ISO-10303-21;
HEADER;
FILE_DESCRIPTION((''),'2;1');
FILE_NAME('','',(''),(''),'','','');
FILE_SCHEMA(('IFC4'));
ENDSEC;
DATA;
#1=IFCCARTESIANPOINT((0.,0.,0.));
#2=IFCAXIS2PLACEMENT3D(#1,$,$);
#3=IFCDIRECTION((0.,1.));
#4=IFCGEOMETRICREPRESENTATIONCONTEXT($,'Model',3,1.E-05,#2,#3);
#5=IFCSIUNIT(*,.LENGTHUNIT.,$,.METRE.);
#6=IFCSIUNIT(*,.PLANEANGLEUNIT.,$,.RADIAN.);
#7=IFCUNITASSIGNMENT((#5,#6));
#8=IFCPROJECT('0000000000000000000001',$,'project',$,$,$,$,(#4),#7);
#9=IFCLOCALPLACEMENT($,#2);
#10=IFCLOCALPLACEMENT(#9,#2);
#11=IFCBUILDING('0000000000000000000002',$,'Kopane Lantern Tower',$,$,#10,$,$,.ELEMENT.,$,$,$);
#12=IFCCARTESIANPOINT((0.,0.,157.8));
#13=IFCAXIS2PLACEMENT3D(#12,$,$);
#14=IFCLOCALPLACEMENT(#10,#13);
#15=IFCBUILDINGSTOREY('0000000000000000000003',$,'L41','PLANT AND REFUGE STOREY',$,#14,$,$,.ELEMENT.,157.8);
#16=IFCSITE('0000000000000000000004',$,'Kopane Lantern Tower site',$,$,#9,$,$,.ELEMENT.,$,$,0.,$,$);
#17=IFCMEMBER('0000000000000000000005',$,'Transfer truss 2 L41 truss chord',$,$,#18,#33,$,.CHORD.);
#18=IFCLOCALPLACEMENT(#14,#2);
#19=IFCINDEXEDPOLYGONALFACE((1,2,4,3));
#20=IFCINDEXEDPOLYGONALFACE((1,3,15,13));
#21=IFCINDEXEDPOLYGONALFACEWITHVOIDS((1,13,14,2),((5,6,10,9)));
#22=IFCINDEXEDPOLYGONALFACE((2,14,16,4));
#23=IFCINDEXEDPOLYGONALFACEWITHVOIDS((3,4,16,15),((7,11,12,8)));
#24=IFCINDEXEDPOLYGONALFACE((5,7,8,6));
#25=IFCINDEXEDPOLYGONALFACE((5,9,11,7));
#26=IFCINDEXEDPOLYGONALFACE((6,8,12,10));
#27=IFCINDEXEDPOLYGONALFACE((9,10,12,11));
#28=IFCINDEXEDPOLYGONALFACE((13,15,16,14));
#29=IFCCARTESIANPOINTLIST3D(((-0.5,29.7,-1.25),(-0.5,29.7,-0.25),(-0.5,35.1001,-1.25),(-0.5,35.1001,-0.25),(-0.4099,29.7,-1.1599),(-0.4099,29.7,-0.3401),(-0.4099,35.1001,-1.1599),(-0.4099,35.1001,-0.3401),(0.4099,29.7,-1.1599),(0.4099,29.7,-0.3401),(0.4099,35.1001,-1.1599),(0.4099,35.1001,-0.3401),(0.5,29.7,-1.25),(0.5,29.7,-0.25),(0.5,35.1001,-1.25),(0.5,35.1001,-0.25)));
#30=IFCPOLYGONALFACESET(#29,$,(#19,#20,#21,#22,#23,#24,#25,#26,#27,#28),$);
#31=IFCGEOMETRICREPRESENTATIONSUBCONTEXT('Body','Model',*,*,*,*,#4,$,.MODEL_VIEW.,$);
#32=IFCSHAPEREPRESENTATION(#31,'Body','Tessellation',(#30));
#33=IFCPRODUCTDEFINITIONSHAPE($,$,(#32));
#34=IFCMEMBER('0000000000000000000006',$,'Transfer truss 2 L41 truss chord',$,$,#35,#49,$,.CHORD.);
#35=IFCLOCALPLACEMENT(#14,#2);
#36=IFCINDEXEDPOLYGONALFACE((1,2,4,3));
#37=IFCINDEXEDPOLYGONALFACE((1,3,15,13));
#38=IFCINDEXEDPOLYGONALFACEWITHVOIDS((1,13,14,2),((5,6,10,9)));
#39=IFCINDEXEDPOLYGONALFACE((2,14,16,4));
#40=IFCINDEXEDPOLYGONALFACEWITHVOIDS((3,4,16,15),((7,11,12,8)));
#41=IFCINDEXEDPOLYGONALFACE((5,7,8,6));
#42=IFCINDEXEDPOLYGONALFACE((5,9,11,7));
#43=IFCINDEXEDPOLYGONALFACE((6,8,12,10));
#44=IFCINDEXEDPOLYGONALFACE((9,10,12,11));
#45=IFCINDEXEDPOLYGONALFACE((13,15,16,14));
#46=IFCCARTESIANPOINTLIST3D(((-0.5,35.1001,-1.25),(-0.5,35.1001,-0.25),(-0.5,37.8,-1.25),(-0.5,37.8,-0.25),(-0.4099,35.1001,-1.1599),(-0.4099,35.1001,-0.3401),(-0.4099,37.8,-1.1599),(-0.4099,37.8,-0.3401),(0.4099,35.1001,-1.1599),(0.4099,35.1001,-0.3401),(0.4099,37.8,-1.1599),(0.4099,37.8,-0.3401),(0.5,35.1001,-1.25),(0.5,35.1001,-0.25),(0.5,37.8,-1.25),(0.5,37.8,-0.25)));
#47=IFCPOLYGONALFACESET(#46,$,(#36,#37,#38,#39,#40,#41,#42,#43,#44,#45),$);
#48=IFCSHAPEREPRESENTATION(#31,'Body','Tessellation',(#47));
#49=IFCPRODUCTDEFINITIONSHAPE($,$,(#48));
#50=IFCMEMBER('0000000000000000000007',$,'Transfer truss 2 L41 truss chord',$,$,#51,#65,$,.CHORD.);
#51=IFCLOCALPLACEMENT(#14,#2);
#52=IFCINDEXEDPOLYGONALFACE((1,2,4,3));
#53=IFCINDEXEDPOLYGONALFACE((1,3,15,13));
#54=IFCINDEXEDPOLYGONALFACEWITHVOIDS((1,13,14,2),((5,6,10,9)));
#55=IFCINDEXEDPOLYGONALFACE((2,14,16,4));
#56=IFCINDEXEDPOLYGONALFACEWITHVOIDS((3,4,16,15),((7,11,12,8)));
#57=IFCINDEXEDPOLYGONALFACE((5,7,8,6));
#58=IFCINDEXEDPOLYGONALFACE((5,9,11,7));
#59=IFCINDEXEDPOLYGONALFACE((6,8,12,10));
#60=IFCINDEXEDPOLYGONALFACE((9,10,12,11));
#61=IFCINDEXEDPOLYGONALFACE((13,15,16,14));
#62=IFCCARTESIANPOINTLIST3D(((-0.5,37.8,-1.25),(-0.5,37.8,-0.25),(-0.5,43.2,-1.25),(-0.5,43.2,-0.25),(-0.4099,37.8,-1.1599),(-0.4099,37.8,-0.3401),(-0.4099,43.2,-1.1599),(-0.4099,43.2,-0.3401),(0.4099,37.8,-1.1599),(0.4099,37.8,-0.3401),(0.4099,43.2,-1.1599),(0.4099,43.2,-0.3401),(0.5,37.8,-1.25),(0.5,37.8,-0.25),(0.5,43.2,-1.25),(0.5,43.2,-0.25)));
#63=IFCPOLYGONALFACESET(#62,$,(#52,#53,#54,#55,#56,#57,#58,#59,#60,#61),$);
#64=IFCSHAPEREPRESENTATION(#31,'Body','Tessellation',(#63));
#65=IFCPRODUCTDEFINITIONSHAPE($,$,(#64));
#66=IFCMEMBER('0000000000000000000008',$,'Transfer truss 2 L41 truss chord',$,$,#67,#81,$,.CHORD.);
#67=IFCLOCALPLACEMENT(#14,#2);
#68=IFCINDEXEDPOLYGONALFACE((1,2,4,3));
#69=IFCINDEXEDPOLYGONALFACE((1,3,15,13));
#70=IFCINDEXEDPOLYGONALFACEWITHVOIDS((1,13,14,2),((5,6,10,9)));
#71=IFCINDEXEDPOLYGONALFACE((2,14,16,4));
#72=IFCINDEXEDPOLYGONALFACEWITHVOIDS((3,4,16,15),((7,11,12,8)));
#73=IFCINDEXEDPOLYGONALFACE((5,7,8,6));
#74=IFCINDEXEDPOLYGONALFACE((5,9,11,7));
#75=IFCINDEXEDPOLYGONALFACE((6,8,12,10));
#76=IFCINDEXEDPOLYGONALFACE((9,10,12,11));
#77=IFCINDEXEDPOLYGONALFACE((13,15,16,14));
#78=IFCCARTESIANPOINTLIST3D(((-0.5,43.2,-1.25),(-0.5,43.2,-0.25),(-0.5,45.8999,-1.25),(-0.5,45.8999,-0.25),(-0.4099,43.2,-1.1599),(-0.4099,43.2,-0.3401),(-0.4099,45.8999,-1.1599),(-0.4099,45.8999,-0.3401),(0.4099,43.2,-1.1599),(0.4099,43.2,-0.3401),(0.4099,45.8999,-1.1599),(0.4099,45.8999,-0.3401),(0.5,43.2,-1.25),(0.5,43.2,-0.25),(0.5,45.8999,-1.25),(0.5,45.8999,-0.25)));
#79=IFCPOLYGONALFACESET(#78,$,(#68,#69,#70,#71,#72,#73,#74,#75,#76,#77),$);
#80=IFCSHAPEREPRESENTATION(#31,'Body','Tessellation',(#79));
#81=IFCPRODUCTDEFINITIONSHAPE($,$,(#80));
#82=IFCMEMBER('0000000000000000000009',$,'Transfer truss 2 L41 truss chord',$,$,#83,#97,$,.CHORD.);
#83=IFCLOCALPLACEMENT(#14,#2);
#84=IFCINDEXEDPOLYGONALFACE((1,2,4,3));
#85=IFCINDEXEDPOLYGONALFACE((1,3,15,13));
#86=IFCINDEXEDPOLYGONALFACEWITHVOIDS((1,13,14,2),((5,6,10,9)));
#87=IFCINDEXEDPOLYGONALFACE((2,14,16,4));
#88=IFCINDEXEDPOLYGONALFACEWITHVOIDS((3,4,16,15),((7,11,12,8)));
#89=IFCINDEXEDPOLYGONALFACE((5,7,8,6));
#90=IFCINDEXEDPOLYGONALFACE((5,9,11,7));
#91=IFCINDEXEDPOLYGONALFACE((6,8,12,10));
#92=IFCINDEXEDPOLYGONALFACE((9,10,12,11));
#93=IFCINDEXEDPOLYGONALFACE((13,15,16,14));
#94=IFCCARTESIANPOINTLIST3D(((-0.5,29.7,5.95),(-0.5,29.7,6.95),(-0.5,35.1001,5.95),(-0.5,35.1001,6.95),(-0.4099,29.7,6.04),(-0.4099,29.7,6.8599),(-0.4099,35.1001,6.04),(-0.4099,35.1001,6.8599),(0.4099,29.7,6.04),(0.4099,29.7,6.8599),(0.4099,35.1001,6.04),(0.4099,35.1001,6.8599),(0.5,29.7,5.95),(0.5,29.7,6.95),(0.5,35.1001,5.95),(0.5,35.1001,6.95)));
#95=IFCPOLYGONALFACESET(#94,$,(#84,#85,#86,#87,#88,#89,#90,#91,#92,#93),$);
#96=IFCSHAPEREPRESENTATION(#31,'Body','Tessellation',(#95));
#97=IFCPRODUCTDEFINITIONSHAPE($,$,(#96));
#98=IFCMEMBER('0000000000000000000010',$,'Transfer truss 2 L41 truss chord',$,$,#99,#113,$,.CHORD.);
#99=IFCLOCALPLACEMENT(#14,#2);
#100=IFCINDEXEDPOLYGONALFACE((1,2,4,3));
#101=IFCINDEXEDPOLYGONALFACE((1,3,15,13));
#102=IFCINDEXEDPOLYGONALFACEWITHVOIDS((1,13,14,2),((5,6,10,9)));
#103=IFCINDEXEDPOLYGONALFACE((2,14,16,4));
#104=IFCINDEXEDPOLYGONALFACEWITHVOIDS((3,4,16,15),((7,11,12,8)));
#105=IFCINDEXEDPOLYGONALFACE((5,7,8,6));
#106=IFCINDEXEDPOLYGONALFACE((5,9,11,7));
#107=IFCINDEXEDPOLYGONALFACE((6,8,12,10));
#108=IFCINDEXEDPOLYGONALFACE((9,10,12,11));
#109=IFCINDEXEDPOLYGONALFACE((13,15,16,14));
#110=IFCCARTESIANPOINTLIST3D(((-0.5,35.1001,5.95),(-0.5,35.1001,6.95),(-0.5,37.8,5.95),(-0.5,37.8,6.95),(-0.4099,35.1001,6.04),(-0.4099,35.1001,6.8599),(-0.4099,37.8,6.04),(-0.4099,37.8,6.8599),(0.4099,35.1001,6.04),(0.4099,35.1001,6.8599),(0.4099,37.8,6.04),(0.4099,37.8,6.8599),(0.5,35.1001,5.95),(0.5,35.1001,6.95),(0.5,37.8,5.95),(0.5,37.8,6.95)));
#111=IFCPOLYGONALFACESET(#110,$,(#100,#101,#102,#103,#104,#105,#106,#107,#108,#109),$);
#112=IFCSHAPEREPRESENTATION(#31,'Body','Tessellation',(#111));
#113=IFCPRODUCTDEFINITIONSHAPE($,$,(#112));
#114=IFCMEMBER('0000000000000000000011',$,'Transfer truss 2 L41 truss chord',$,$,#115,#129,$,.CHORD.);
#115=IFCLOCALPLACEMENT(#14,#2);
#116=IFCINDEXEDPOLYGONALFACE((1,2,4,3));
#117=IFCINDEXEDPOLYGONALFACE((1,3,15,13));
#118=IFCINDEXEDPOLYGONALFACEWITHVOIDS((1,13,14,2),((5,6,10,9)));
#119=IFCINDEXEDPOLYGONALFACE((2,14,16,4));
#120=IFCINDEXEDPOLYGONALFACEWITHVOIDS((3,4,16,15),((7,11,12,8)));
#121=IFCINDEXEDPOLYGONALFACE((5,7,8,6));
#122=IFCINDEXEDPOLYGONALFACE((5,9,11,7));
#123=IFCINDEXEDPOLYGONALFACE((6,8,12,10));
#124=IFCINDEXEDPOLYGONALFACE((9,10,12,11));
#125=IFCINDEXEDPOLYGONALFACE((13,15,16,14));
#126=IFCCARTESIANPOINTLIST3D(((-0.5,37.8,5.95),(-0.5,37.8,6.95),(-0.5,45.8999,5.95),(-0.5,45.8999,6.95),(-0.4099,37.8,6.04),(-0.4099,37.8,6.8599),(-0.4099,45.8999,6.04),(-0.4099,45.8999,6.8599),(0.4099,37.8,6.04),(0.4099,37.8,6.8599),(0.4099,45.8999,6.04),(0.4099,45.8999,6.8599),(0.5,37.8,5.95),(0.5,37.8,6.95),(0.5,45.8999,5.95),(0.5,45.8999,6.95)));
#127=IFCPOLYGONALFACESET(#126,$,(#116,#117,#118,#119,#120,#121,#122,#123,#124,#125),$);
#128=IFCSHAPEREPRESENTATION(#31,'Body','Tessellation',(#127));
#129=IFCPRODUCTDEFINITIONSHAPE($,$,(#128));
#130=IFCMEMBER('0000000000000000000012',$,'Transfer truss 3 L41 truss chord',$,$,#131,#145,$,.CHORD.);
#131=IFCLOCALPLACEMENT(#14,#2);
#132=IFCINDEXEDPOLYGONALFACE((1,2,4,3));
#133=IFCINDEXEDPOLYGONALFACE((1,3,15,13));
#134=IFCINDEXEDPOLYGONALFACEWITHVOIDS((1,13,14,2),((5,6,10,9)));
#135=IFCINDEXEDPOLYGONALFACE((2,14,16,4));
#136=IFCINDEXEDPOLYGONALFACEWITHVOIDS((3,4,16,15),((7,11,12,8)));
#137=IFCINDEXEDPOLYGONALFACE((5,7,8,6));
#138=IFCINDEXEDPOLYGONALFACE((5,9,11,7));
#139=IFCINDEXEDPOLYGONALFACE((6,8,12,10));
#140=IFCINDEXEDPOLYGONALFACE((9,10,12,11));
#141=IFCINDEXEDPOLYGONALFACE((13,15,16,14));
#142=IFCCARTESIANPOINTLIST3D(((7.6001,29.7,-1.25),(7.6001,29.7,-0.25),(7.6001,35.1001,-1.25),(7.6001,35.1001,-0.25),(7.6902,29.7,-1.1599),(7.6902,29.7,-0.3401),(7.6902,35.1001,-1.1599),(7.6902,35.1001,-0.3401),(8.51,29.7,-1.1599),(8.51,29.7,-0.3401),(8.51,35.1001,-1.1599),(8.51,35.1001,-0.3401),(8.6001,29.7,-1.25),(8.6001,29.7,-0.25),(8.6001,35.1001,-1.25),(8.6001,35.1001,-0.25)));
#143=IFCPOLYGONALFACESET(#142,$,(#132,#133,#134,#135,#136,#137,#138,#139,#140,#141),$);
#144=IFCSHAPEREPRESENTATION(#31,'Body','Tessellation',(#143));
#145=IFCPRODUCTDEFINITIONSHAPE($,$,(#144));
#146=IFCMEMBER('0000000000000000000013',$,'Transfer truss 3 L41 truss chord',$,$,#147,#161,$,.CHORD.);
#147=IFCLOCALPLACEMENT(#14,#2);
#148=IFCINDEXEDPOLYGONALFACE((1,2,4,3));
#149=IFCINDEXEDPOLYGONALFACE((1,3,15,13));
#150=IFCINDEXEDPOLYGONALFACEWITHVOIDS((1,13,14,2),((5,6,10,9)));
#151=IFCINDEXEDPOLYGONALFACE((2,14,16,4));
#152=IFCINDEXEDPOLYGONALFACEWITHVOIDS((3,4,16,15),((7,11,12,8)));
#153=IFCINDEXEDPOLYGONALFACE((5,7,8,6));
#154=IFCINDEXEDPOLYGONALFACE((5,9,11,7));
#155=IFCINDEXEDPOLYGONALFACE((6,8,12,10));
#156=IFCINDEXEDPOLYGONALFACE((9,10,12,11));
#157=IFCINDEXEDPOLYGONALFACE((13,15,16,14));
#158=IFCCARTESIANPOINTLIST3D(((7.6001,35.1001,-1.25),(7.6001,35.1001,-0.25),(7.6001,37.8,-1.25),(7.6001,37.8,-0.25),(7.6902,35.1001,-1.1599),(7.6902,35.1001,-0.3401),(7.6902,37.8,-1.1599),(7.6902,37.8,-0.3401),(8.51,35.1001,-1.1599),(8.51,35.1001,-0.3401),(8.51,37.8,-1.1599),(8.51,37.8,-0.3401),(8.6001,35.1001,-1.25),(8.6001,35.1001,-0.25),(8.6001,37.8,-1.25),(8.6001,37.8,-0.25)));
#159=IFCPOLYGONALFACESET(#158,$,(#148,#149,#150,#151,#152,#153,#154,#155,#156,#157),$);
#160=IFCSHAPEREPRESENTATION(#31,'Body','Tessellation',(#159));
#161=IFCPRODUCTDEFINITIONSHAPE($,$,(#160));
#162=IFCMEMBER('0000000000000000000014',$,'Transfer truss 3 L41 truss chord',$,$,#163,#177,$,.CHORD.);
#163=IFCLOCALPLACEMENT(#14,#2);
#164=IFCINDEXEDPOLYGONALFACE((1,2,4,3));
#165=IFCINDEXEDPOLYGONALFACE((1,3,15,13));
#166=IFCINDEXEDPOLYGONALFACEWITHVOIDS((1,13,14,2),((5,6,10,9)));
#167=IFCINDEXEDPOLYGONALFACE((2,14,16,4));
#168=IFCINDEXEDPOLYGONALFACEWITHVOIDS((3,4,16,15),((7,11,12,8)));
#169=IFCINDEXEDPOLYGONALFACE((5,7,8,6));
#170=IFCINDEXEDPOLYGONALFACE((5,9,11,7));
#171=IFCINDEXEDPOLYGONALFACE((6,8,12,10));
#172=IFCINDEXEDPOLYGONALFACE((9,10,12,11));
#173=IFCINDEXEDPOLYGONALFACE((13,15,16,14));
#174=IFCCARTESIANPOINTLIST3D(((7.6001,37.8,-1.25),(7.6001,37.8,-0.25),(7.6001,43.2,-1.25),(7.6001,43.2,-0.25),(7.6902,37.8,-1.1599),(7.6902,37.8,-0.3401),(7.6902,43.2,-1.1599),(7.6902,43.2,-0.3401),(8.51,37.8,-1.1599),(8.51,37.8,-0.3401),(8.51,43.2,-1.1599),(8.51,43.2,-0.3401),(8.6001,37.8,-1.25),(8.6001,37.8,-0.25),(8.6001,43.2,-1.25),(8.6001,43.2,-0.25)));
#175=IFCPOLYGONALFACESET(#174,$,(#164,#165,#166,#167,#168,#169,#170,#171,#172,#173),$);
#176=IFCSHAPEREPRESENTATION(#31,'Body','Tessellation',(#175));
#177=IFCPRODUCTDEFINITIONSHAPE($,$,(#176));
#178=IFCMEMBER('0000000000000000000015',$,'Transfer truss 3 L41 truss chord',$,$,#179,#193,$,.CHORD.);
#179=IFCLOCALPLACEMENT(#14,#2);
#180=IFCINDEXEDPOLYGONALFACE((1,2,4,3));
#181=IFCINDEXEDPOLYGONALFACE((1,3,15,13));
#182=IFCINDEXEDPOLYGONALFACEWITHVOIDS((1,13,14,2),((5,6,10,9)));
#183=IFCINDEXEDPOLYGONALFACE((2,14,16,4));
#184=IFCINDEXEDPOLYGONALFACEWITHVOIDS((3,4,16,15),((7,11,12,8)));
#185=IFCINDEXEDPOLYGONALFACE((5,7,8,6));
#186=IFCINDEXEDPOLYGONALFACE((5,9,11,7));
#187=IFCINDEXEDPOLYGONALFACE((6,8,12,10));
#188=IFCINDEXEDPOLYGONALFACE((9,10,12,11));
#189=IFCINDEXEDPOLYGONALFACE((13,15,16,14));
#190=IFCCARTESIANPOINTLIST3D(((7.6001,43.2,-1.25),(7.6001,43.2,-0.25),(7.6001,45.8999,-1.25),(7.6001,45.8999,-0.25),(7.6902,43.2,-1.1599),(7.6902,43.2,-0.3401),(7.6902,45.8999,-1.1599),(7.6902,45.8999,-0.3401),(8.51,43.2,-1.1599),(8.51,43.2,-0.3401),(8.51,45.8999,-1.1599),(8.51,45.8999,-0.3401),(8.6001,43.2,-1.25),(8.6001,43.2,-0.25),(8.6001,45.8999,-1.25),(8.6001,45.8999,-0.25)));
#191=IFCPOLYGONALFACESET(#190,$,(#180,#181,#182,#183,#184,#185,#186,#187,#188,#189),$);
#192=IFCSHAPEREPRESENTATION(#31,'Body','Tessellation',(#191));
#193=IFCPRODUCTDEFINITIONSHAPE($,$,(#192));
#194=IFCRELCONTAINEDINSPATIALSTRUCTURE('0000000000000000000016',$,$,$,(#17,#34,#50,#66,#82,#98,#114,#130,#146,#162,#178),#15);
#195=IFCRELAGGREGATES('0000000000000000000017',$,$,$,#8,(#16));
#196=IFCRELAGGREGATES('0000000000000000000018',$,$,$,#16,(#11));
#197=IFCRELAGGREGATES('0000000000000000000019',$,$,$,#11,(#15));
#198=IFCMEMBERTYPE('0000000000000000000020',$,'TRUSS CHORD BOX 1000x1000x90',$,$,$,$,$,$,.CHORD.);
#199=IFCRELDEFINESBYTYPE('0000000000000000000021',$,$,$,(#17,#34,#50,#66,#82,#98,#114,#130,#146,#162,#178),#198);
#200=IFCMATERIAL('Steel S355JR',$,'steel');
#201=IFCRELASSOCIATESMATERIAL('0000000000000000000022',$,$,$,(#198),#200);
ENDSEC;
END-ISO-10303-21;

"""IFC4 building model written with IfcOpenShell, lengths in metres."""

from ifc_helpers import new_model, si_unit, direction, frame, origin, origin_2d, place, context, subcontext, project, spatial, hollow_rectangle, extrude, material, material_profile, profile_set, type_object, element, save


model = new_model("IFC4")

# Units and contexts
model_context = context("Model", 3, precision=1e-05, world=origin(), true_north=direction((0.0, 1.0)))
body_context = subcontext(model_context, "Body", "Model", "MODEL_VIEW")
ifc_project = project(units=[si_unit("LENGTHUNIT", "METRE"), si_unit("PLANEANGLEUNIT", "RADIAN")], contexts=[model_context])

# Site, building, storey
site_placement = place(None, origin())
site = spatial("IfcSite", under=ifc_project, at=site_placement, Name="Kopane Lantern Tower site", CompositionType="ELEMENT", RefElevation=0.0)
building_placement = place(site_placement, origin())
building = spatial("IfcBuilding", under=site, at=building_placement, Name="Kopane Lantern Tower", CompositionType="ELEMENT")
storey_placement = place(building_placement, frame((0.0, 0.0, 157.8)))
storey = spatial("IfcBuildingStorey", under=building, at=storey_placement, Name="L41", Description="PLANT AND REFUGE STOREY", CompositionType="ELEMENT", Elevation=157.8)

# Members
ifc_material_1 = material(Name="Steel S355JR", Category="steel")
ifc_material_profile_1 = material_profile(ifc_material_1, hollow_rectangle(XDim=1.0, YDim=1.0, WallThickness=0.0901, at=origin_2d()), Name="BOX 1000x1000x90")
ifc_profile_set_1 = profile_set([ifc_material_profile_1], Name="Steel S355JR")
member_type_1 = type_object("IfcMemberType", Name="TRUSS CHORD BOX 1000x1000x90", PredefinedType="CHORD", material=ifc_profile_set_1)
member_1_placement = place(storey_placement, frame((0.0, 29.7, -0.75), z_axis=(0.0, 1.0, 0.0), x_axis=(-1.0, 0.0, 0.0)))
element("IfcMember", 1, at=member_1_placement, inside=storey, type_object=member_type_1, Name="Transfer truss 2 L41 truss chord", PredefinedType="CHORD", context=body_context, shape_type="SweptSolid", body=[
    extrude(hollow_rectangle(XDim=1.0, YDim=1.0, WallThickness=0.0901, at=origin_2d()), origin(), (0.0, 0.0, 1.0), 5.4001),
])
member_2_placement = place(storey_placement, frame((0.0, 35.1001, -0.75), z_axis=(0.0, 1.0, 0.0), x_axis=(-1.0, 0.0, 0.0)))
element("IfcMember", 2, at=member_2_placement, inside=storey, type_object=member_type_1, Name="Transfer truss 2 L41 truss chord", PredefinedType="CHORD", context=body_context, shape_type="SweptSolid", body=[
    extrude(hollow_rectangle(XDim=1.0, YDim=1.0, WallThickness=0.0901, at=origin_2d()), origin(), (0.0, 0.0, 1.0), 2.7),
])
member_3_placement = place(storey_placement, frame((0.0, 37.8, -0.75), z_axis=(0.0, 1.0, 0.0), x_axis=(-1.0, 0.0, 0.0)))
element("IfcMember", 3, at=member_3_placement, inside=storey, type_object=member_type_1, Name="Transfer truss 2 L41 truss chord", PredefinedType="CHORD", context=body_context, shape_type="SweptSolid", body=[
    extrude(hollow_rectangle(XDim=1.0, YDim=1.0, WallThickness=0.0901, at=origin_2d()), origin(), (0.0, 0.0, 1.0), 5.3999),
])
member_4_placement = place(storey_placement, frame((0.0, 43.2, -0.75), z_axis=(0.0, 1.0, 0.0), x_axis=(-1.0, 0.0, 0.0)))
element("IfcMember", 4, at=member_4_placement, inside=storey, type_object=member_type_1, Name="Transfer truss 2 L41 truss chord", PredefinedType="CHORD", context=body_context, shape_type="SweptSolid", body=[
    extrude(hollow_rectangle(XDim=1.0, YDim=1.0, WallThickness=0.0901, at=origin_2d()), origin(), (0.0, 0.0, 1.0), 2.7),
])
member_5_placement = place(storey_placement, frame((0.0, 29.7, 6.45), z_axis=(0.0, 1.0, 0.0), x_axis=(-1.0, 0.0, 0.0)))
element("IfcMember", 5, at=member_5_placement, inside=storey, type_object=member_type_1, Name="Transfer truss 2 L41 truss chord", PredefinedType="CHORD", context=body_context, shape_type="SweptSolid", body=[
    extrude(hollow_rectangle(XDim=1.0, YDim=1.0, WallThickness=0.0901, at=origin_2d()), origin(), (0.0, 0.0, 1.0), 5.4001),
])
member_6_placement = place(storey_placement, frame((0.0, 35.1001, 6.45), z_axis=(0.0, 1.0, 0.0), x_axis=(-1.0, 0.0, 0.0)))
element("IfcMember", 6, at=member_6_placement, inside=storey, type_object=member_type_1, Name="Transfer truss 2 L41 truss chord", PredefinedType="CHORD", context=body_context, shape_type="SweptSolid", body=[
    extrude(hollow_rectangle(XDim=1.0, YDim=1.0, WallThickness=0.0901, at=origin_2d()), origin(), (0.0, 0.0, 1.0), 2.7),
])
member_7_placement = place(storey_placement, frame((0.0, 37.8, 6.45), z_axis=(0.0, 1.0, 0.0), x_axis=(-1.0, 0.0, 0.0)))
element("IfcMember", 7, at=member_7_placement, inside=storey, type_object=member_type_1, Name="Transfer truss 2 L41 truss chord", PredefinedType="CHORD", context=body_context, shape_type="SweptSolid", body=[
    extrude(hollow_rectangle(XDim=1.0, YDim=1.0, WallThickness=0.0901, at=origin_2d()), origin(), (0.0, 0.0, 1.0), 8.0999),
])
member_8_placement = place(storey_placement, frame((8.1001, 29.7, -0.75), z_axis=(0.0, 1.0, 0.0), x_axis=(-1.0, 0.0, 0.0)))
element("IfcMember", 8, at=member_8_placement, inside=storey, type_object=member_type_1, Name="Transfer truss 3 L41 truss chord", PredefinedType="CHORD", context=body_context, shape_type="SweptSolid", body=[
    extrude(hollow_rectangle(XDim=1.0, YDim=1.0, WallThickness=0.0901, at=origin_2d()), origin(), (0.0, 0.0, 1.0), 5.4001),
])
member_9_placement = place(storey_placement, frame((8.1001, 35.1001, -0.75), z_axis=(0.0, 1.0, 0.0), x_axis=(-1.0, 0.0, 0.0)))
element("IfcMember", 9, at=member_9_placement, inside=storey, type_object=member_type_1, Name="Transfer truss 3 L41 truss chord", PredefinedType="CHORD", context=body_context, shape_type="SweptSolid", body=[
    extrude(hollow_rectangle(XDim=1.0, YDim=1.0, WallThickness=0.0901, at=origin_2d()), origin(), (0.0, 0.0, 1.0), 2.7),
])
member_10_placement = place(storey_placement, frame((8.1001, 37.8, -0.75), z_axis=(0.0, 1.0, 0.0), x_axis=(-1.0, 0.0, 0.0)))
element("IfcMember", 10, at=member_10_placement, inside=storey, type_object=member_type_1, Name="Transfer truss 3 L41 truss chord", PredefinedType="CHORD", context=body_context, shape_type="SweptSolid", body=[
    extrude(hollow_rectangle(XDim=1.0, YDim=1.0, WallThickness=0.0901, at=origin_2d()), origin(), (0.0, 0.0, 1.0), 5.3999),
])
member_11_placement = place(storey_placement, frame((8.1001, 43.2, -0.75), z_axis=(0.0, 1.0, 0.0), x_axis=(-1.0, 0.0, 0.0)))
element("IfcMember", 11, at=member_11_placement, inside=storey, type_object=member_type_1, Name="Transfer truss 3 L41 truss chord", PredefinedType="CHORD", context=body_context, shape_type="SweptSolid", body=[
    extrude(hollow_rectangle(XDim=1.0, YDim=1.0, WallThickness=0.0901, at=origin_2d()), origin(), (0.0, 0.0, 1.0), 2.7),
])

save(model, "model.ifc")
